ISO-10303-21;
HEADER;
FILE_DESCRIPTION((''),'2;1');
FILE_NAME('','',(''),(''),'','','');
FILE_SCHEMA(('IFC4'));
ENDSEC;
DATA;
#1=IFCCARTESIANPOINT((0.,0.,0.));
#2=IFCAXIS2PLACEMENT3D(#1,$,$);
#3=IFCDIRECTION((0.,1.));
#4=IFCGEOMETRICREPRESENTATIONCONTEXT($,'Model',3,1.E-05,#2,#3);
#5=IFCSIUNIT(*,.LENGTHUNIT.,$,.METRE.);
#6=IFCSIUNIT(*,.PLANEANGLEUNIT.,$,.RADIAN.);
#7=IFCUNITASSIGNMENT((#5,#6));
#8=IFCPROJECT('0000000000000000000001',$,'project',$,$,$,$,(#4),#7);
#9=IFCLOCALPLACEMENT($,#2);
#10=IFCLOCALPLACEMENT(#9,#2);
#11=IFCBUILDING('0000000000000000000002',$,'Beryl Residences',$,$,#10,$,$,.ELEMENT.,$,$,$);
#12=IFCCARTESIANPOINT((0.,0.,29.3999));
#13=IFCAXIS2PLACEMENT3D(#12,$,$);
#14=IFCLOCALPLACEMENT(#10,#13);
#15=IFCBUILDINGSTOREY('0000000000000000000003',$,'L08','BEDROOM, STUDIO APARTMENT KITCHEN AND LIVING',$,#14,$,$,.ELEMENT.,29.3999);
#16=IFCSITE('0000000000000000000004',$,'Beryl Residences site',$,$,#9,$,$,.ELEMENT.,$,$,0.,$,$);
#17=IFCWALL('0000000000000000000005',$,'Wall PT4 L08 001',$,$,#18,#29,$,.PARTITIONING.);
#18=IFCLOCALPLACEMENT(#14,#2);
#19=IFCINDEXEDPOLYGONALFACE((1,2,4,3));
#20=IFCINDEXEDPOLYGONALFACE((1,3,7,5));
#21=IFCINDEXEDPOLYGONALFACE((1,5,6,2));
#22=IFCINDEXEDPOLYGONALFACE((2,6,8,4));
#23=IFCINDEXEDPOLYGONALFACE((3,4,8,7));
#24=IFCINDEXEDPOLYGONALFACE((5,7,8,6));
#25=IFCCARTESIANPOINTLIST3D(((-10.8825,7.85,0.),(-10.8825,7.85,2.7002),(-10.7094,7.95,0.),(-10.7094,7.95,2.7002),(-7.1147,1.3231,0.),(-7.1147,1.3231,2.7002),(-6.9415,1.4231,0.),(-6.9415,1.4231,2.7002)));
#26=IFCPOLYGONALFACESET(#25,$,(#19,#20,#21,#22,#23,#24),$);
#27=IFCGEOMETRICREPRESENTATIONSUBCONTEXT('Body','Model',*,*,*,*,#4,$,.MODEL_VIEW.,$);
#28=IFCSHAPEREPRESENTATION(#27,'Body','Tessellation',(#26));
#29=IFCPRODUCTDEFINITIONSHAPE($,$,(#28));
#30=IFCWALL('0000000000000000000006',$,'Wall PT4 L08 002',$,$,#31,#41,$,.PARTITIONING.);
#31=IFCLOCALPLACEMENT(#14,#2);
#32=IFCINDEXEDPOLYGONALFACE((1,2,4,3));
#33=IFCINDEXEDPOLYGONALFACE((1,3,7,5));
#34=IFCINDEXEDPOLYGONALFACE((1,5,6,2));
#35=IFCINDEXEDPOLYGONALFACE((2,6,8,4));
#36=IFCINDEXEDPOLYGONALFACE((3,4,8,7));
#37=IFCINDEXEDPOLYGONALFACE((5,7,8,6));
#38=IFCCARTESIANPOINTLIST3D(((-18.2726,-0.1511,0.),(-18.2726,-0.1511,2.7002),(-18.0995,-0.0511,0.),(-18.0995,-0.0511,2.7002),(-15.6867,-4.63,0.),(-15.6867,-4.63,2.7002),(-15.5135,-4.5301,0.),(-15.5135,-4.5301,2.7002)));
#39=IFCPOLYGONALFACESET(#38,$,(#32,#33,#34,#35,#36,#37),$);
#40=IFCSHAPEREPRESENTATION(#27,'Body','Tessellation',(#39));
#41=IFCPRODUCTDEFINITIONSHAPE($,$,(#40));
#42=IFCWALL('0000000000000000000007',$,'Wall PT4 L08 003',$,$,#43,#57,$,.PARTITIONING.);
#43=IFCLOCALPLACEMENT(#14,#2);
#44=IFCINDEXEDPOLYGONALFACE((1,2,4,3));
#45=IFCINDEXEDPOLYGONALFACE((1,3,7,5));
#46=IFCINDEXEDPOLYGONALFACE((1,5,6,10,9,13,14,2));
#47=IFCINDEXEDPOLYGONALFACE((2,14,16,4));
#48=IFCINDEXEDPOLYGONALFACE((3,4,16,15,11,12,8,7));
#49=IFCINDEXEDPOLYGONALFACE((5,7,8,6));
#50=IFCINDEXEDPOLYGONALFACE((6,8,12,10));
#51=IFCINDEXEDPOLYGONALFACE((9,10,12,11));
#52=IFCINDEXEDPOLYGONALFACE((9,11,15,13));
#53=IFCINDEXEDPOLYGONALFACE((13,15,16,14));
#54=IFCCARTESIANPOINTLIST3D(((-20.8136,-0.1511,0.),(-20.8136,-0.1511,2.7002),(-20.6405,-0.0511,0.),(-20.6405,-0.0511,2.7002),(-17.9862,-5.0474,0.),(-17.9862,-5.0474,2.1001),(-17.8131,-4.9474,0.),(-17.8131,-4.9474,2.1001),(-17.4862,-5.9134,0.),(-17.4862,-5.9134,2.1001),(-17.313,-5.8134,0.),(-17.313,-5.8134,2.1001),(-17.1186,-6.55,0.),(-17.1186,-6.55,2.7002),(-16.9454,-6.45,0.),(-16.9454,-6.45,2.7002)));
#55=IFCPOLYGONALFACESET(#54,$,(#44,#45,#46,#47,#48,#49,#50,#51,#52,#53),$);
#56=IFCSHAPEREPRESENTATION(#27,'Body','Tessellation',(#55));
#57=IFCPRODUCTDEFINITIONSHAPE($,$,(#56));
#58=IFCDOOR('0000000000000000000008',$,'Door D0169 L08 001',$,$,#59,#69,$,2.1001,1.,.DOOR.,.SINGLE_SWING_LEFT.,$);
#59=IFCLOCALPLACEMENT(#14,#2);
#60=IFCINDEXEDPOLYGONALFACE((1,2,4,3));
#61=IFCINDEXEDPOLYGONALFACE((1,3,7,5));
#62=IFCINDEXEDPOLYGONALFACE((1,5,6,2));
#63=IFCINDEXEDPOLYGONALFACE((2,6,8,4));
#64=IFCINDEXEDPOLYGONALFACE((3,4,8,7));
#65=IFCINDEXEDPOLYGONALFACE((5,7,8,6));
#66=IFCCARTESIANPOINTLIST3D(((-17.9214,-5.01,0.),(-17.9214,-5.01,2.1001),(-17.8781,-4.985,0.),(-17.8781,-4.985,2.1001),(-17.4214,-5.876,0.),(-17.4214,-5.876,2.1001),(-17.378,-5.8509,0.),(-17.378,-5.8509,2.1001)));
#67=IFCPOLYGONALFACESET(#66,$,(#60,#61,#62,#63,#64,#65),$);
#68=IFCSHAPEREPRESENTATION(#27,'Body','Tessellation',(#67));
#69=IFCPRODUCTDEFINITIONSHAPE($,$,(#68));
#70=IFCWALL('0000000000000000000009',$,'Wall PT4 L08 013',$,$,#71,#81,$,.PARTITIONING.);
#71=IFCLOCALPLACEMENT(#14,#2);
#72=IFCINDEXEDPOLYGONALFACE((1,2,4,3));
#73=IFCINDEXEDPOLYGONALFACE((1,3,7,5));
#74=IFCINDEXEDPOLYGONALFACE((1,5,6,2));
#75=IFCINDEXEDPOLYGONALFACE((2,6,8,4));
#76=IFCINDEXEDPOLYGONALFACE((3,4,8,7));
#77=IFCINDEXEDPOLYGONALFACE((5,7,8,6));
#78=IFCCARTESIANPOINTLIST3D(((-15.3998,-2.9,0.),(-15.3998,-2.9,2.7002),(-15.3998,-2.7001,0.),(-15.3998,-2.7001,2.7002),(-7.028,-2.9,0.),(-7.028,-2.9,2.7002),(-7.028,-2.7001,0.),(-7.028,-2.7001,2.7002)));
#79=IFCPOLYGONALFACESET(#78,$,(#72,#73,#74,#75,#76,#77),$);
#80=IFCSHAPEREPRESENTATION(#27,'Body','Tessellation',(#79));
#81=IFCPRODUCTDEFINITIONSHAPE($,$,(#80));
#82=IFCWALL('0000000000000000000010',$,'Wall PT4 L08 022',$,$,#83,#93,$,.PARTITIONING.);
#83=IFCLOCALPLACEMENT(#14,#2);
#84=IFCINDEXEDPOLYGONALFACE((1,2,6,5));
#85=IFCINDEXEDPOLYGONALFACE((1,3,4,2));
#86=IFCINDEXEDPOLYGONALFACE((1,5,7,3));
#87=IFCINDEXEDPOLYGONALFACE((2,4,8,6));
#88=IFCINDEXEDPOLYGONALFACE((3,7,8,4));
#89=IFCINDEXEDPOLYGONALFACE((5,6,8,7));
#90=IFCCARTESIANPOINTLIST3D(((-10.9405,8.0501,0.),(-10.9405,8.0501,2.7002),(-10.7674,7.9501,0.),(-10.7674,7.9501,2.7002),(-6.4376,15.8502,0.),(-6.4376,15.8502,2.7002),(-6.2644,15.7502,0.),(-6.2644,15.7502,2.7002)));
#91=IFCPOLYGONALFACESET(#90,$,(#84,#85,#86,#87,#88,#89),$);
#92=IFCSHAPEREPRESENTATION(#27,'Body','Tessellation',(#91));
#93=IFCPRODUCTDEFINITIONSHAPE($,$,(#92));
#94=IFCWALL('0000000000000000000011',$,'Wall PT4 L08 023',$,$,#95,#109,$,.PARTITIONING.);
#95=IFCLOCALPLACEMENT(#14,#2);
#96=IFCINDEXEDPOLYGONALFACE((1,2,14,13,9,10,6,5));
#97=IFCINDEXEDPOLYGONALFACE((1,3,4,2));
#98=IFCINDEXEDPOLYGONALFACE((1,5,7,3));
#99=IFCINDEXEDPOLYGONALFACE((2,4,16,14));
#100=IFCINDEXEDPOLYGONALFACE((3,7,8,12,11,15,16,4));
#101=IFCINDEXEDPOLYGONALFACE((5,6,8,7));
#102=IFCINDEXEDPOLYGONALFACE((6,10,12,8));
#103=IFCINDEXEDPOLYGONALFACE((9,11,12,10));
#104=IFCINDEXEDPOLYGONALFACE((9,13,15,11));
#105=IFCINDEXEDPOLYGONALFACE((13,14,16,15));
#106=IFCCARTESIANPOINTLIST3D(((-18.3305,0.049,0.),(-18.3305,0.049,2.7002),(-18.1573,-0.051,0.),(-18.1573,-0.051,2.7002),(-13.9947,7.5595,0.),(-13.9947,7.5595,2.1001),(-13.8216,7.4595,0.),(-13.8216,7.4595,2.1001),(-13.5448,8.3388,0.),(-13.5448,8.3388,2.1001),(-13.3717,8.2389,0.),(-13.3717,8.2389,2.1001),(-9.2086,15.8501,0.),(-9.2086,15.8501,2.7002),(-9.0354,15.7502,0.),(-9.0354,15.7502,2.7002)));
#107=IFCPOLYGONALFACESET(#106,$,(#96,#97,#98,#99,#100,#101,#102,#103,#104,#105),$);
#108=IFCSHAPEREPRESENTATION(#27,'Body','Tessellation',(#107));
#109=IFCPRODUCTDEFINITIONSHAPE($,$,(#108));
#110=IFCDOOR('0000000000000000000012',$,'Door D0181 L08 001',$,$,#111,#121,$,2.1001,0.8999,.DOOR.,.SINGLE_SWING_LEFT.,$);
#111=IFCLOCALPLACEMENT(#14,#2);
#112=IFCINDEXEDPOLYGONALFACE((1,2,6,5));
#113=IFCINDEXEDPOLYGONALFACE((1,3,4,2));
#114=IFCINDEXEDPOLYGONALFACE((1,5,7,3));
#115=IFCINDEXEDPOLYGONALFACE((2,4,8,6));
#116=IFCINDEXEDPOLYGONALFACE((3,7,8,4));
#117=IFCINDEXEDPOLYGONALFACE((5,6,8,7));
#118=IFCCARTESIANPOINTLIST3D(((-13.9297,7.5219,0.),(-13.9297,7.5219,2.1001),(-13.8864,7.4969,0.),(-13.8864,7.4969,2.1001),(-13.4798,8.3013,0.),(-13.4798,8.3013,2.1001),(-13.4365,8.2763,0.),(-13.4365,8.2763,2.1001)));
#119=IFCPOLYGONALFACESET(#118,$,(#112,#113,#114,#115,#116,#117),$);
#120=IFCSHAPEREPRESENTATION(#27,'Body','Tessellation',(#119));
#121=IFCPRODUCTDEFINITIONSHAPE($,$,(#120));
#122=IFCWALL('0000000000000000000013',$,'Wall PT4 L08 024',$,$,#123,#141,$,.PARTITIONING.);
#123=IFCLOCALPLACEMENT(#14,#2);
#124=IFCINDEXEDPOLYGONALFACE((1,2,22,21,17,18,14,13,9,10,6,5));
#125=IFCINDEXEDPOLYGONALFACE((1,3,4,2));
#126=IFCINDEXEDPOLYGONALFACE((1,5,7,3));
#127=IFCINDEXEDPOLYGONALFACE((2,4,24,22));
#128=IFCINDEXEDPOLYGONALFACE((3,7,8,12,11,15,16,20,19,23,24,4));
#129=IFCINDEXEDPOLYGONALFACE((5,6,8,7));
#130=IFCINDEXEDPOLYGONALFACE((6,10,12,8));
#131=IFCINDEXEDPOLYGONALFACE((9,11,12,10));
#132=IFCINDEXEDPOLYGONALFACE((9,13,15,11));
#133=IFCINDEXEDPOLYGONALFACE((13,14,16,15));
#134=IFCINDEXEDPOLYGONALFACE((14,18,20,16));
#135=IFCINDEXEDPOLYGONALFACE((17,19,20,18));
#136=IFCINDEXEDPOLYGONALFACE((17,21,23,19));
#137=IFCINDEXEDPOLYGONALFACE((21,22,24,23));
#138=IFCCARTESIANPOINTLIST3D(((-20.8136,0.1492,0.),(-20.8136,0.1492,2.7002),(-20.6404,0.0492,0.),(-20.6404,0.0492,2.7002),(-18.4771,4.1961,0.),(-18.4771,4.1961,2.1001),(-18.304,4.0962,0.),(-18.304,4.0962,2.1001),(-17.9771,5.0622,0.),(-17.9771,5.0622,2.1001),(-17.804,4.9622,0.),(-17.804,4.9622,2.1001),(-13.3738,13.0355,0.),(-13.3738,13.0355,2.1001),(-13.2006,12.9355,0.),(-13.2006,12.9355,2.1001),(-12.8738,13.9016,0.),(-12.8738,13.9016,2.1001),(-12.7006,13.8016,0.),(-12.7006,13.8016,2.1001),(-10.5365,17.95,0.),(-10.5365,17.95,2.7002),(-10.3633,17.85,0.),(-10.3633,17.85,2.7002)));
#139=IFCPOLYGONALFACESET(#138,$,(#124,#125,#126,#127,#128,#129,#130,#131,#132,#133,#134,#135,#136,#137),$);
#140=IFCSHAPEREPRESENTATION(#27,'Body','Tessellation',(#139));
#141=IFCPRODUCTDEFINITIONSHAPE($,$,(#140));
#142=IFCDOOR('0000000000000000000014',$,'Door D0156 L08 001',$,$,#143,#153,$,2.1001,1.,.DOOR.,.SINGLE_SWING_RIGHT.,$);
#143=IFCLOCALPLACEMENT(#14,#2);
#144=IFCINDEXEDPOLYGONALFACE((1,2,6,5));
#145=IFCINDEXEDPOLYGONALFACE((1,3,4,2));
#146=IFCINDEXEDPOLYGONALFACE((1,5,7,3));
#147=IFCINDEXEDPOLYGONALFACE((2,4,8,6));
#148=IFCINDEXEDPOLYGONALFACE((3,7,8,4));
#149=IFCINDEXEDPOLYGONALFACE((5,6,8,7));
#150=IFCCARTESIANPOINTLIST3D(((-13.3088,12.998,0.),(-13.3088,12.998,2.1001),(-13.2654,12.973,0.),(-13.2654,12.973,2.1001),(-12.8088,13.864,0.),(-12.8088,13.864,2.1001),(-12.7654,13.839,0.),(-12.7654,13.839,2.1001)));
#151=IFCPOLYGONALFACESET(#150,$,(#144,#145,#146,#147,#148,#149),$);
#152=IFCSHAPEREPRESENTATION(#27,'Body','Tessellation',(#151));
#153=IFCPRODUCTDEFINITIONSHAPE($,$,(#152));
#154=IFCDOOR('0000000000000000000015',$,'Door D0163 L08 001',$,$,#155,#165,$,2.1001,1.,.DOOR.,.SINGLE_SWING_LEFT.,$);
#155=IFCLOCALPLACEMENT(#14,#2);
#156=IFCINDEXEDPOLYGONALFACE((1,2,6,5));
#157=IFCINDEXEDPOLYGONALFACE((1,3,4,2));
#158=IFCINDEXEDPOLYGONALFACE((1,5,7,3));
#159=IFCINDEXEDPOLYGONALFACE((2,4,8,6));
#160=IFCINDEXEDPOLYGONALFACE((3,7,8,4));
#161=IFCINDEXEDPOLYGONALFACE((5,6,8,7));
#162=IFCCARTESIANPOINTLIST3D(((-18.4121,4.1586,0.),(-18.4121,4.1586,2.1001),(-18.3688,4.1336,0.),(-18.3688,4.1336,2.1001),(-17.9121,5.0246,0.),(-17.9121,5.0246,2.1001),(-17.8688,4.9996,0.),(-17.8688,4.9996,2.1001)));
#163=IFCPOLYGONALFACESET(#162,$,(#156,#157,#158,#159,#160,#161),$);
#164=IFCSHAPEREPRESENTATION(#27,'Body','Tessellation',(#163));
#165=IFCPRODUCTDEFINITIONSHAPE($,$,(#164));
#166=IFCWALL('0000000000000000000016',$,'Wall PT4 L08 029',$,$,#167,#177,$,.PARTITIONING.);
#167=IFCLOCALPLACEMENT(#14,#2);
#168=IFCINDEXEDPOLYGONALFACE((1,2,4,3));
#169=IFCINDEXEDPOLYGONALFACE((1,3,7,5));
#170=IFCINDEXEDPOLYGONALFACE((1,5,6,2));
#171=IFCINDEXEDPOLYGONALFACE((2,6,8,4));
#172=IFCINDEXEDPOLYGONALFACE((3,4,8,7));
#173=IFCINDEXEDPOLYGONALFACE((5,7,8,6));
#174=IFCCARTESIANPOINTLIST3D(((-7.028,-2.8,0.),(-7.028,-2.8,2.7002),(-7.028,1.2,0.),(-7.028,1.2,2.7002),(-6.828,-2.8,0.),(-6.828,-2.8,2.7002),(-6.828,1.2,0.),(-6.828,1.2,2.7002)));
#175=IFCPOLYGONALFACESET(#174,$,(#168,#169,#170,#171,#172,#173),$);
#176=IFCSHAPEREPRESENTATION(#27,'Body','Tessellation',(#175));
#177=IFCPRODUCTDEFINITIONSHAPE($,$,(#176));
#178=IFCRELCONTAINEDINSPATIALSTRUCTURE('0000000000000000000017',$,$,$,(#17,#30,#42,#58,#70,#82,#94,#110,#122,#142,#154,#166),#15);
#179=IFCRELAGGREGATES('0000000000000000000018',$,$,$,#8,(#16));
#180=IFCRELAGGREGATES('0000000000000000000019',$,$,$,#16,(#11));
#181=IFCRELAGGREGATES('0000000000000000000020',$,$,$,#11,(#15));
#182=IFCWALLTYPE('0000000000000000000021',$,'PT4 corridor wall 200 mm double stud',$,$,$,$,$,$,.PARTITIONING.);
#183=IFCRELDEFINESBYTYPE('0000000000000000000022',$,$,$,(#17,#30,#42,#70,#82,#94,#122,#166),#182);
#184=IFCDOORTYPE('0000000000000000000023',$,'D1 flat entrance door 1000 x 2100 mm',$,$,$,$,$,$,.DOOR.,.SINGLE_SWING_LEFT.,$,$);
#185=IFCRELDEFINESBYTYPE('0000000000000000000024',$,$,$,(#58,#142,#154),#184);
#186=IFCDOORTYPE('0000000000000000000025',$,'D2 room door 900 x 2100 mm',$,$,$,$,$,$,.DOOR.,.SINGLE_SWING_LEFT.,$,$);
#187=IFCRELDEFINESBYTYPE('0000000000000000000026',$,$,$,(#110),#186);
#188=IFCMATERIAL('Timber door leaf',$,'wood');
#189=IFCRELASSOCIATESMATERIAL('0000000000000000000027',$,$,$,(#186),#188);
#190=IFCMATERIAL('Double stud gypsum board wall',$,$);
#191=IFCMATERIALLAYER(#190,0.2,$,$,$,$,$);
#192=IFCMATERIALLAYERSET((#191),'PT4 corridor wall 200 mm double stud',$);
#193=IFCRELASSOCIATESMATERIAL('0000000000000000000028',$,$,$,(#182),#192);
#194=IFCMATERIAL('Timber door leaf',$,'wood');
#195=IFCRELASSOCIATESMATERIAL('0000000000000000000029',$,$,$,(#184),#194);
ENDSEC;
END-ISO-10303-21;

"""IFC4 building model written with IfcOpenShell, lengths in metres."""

from ifc_helpers import new_model, si_unit, direction, frame, frame_2d, origin, place, context, subcontext, project, spatial, rectangle, extrude, material, layer, layer_set, type_object, element, fill, save


model = new_model("IFC4")

# Units and contexts
model_context = context("Model", 3, precision=1e-05, world=origin(), true_north=direction((0.0, 1.0)))
body_context = subcontext(model_context, "Body", "Model", "MODEL_VIEW")
ifc_project = project(units=[si_unit("LENGTHUNIT", "METRE"), si_unit("PLANEANGLEUNIT", "RADIAN")], contexts=[model_context])

# Site, building, storey
site_placement = place(None, origin())
site = spatial("IfcSite", under=ifc_project, at=site_placement, Name="Beryl Residences site", CompositionType="ELEMENT", RefElevation=0.0)
building_placement = place(site_placement, origin())
building = spatial("IfcBuilding", under=site, at=building_placement, Name="Beryl Residences", CompositionType="ELEMENT")
storey_placement = place(building_placement, frame((0.0, 0.0, 29.3999)))
storey = spatial("IfcBuildingStorey", under=building, at=storey_placement, Name="L08", Description="BEDROOM, STUDIO APARTMENT KITCHEN AND LIVING", CompositionType="ELEMENT", Elevation=29.3999)

# Shared definitions
ifc_material_1 = material(Name="Timber door leaf", Category="wood")
door_type_1 = type_object("IfcDoorType", Name="D2 room door 900 x 2100 mm", OperationType="SINGLE_SWING_LEFT", PredefinedType="DOOR", material=ifc_material_1)

# Walls
ifc_material_2 = material(Name="Double stud gypsum board wall")
ifc_layer_1 = layer(ifc_material_2, 0.2)
ifc_layer_set_1 = layer_set([ifc_layer_1], Name="PT4 corridor wall 200 mm double stud")
wall_type_1 = type_object("IfcWallType", Name="PT4 corridor wall 200 mm double stud", PredefinedType="PARTITIONING", material=ifc_layer_set_1)
wall_1_placement = place(storey_placement, frame((-10.7959, 7.8999, 0.0), z_axis=(0.0, 0.0, 1.0), x_axis=(0.499954, -0.866052, 0.0)))
element("IfcWall", 1, at=wall_1_placement, inside=storey, type_object=wall_type_1, Name="Wall PT4 L08 001", PredefinedType="PARTITIONING", context=body_context, shape_type="SweptSolid", body=[
    extrude(rectangle(XDim=7.5364, YDim=0.2, at=frame_2d((3.7681, 0.0))), origin(), (0.0, 0.0, 1.0), 2.7002),
])
wall_2_placement = place(storey_placement, frame((-18.186, -0.1011, 0.0), z_axis=(0.0, 0.0, 1.0), x_axis=(0.499998, -0.866027, 0.0)))
element("IfcWall", 2, at=wall_2_placement, inside=storey, type_object=wall_type_1, Name="Wall PT4 L08 002", PredefinedType="PARTITIONING", context=body_context, shape_type="SweptSolid", body=[
    extrude(rectangle(XDim=5.1719, YDim=0.2, at=frame_2d((2.5859, 0.0))), origin(), (0.0, 0.0, 1.0), 2.7002),
])

# Wall, opening, door
wall_3_placement = place(storey_placement, frame((-20.7271, -0.1011, 0.0), z_axis=(0.0, 0.0, 1.0), x_axis=(0.500066, -0.865987, 0.0)))
wall_3 = element("IfcWall", 3, at=wall_3_placement, inside=storey, type_object=wall_type_1, Name="Wall PT4 L08 003", PredefinedType="PARTITIONING", context=body_context, shape_type="SweptSolid", body=[
    extrude(rectangle(XDim=7.3892, YDim=0.2, at=frame_2d((3.6946, 0.0))), origin(), (0.0, 0.0, 1.0), 2.7002),
])
opening_1_placement = place(wall_3_placement, frame((5.6541, 0.0, 0.0)))
opening_1 = element("IfcOpeningElement", 4, at=opening_1_placement, cuts=wall_3, PredefinedType="OPENING", context=body_context, shape_type="SweptSolid", body=[
    extrude(rectangle(XDim=1.0, YDim=2.1001, at=frame_2d((0.5, 1.05))), frame((0.0, 0.1099, 0.0), z_axis=(0.0, -1.0, 0.0), x_axis=(1.0, 0.0, 0.0)), (0.0, 0.0, 1.0), 0.22),
])
ifc_material_3 = material(Name="Timber door leaf", Category="wood")
door_type_2 = type_object("IfcDoorType", Name="D1 flat entrance door 1000 x 2100 mm", OperationType="SINGLE_SWING_LEFT", PredefinedType="DOOR", material=ifc_material_3)
door_1_placement = place(opening_1_placement, origin())
door_1 = element("IfcDoor", 5, at=door_1_placement, inside=storey, type_object=door_type_2, Name="Door D0169 L08 001", OperationType="SINGLE_SWING_LEFT", OverallHeight=2.1001, OverallWidth=1.0, PredefinedType="DOOR", context=body_context, shape_type="SweptSolid", body=[
    extrude(rectangle(XDim=1.0, YDim=2.1001, at=frame_2d((0.5, 1.05))), frame((0.0, 0.0249, 0.0), z_axis=(0.0, -1.0, 0.0), x_axis=(1.0, 0.0, 0.0)), (0.0, 0.0, 1.0), 0.05),
])
fill(opening_1, door_1)

# Walls
wall_4_placement = place(storey_placement, frame((-15.3999, -2.8, 0.0), z_axis=(0.0, 0.0, 1.0), x_axis=(1.0, 0.0, 0.0)))
element("IfcWall", 6, at=wall_4_placement, inside=storey, type_object=wall_type_1, Name="Wall PT4 L08 013", PredefinedType="PARTITIONING", context=body_context, shape_type="SweptSolid", body=[
    extrude(rectangle(XDim=8.3718, YDim=0.2, at=frame_2d((4.186, 0.0))), origin(), (0.0, 0.0, 1.0), 2.7002),
])
wall_5_placement = place(storey_placement, frame((-10.854, 8.0, 0.0), z_axis=(0.0, 0.0, 1.0), x_axis=(0.499964, 0.866046, 0.0)))
element("IfcWall", 7, at=wall_5_placement, inside=storey, type_object=wall_type_1, Name="Wall PT4 L08 022", PredefinedType="PARTITIONING", context=body_context, shape_type="SweptSolid", body=[
    extrude(rectangle(XDim=9.0066, YDim=0.2, at=frame_2d((4.5034, 0.0))), origin(), (0.0, 0.0, 1.0), 2.7002),
])

# Wall, opening, door
wall_6_placement = place(storey_placement, frame((-18.2439, -0.001, 0.0), z_axis=(0.0, 0.0, 1.0), x_axis=(0.499963, 0.866047, 0.0)))
wall_6 = element("IfcWall", 8, at=wall_6_placement, inside=storey, type_object=wall_type_1, Name="Wall PT4 L08 023", PredefinedType="PARTITIONING", context=body_context, shape_type="SweptSolid", body=[
    extrude(rectangle(XDim=18.2451, YDim=0.2, at=frame_2d((9.1226, 0.0))), origin(), (0.0, 0.0, 1.0), 2.7002),
])
opening_2_placement = place(wall_6_placement, frame((8.6721, 0.0, 0.0)))
opening_2 = element("IfcOpeningElement", 9, at=opening_2_placement, cuts=wall_6, PredefinedType="OPENING", context=body_context, shape_type="SweptSolid", body=[
    extrude(rectangle(XDim=0.8999, YDim=2.1001, at=frame_2d((0.45, 1.05))), frame((0.0, 0.1099, 0.0), z_axis=(0.0, -1.0, 0.0), x_axis=(1.0, 0.0, 0.0)), (0.0, 0.0, 1.0), 0.22),
])
door_2_placement = place(opening_2_placement, origin())
door_2 = element("IfcDoor", 10, at=door_2_placement, inside=storey, type_object=door_type_1, Name="Door D0181 L08 001", OperationType="SINGLE_SWING_LEFT", OverallHeight=2.1001, OverallWidth=0.8999, PredefinedType="DOOR", context=body_context, shape_type="SweptSolid", body=[
    extrude(rectangle(XDim=0.8999, YDim=2.1001, at=frame_2d((0.45, 1.05))), frame((0.0, 0.0249, 0.0), z_axis=(0.0, -1.0, 0.0), x_axis=(1.0, 0.0, 0.0)), (0.0, 0.0, 1.0), 0.05),
])
fill(opening_2, door_2)

# Wall, openings, doors
wall_7_placement = place(storey_placement, frame((-20.7271, 0.0991, 0.0), z_axis=(0.0, 0.0, 1.0), x_axis=(0.499993, 0.866029, 0.0)))
wall_7 = element("IfcWall", 11, at=wall_7_placement, inside=storey, type_object=wall_type_1, Name="Wall PT4 L08 024", PredefinedType="PARTITIONING", context=body_context, shape_type="SweptSolid", body=[
    extrude(rectangle(XDim=20.5544, YDim=0.2, at=frame_2d((10.2773, 0.0))), origin(), (0.0, 0.0, 1.0), 2.7002),
])
opening_3_placement = place(wall_7_placement, frame((14.8799, 0.0, 0.0)))
opening_3 = element("IfcOpeningElement", 12, at=opening_3_placement, cuts=wall_7, PredefinedType="OPENING", context=body_context, shape_type="SweptSolid", body=[
    extrude(rectangle(XDim=1.0, YDim=2.1001, at=frame_2d((0.5, 1.05))), frame((0.0, 0.1099, 0.0), z_axis=(0.0, -1.0, 0.0), x_axis=(1.0, 0.0, 0.0)), (0.0, 0.0, 1.0), 0.22),
])
opening_4_placement = place(wall_7_placement, frame((4.6731, 0.0, 0.0)))
opening_4 = element("IfcOpeningElement", 13, at=opening_4_placement, cuts=wall_7, PredefinedType="OPENING", context=body_context, shape_type="SweptSolid", body=[
    extrude(rectangle(XDim=1.0, YDim=2.1001, at=frame_2d((0.5, 1.05))), frame((0.0, 0.1099, 0.0), z_axis=(0.0, -1.0, 0.0), x_axis=(1.0, 0.0, 0.0)), (0.0, 0.0, 1.0), 0.22),
])
door_3_placement = place(opening_3_placement, origin())
door_3 = element("IfcDoor", 14, at=door_3_placement, inside=storey, type_object=door_type_2, Name="Door D0156 L08 001", OperationType="SINGLE_SWING_RIGHT", OverallHeight=2.1001, OverallWidth=1.0, PredefinedType="DOOR", context=body_context, shape_type="SweptSolid", body=[
    extrude(rectangle(XDim=1.0, YDim=2.1001, at=frame_2d((0.5, 1.05))), frame((0.0, 0.0249, 0.0), z_axis=(0.0, -1.0, 0.0), x_axis=(1.0, 0.0, 0.0)), (0.0, 0.0, 1.0), 0.05),
])
fill(opening_3, door_3)
door_4_placement = place(opening_4_placement, origin())
door_4 = element("IfcDoor", 15, at=door_4_placement, inside=storey, type_object=door_type_2, Name="Door D0163 L08 001", OperationType="SINGLE_SWING_LEFT", OverallHeight=2.1001, OverallWidth=1.0, PredefinedType="DOOR", context=body_context, shape_type="SweptSolid", body=[
    extrude(rectangle(XDim=1.0, YDim=2.1001, at=frame_2d((0.5, 1.05))), frame((0.0, 0.0249, 0.0), z_axis=(0.0, -1.0, 0.0), x_axis=(1.0, 0.0, 0.0)), (0.0, 0.0, 1.0), 0.05),
])
fill(opening_4, door_4)

# Wall
wall_8_placement = place(storey_placement, frame((-6.928, -2.8, 0.0), z_axis=(0.0, 0.0, 1.0), x_axis=(0.0, 1.0, 0.0)))
element("IfcWall", 16, at=wall_8_placement, inside=storey, type_object=wall_type_1, Name="Wall PT4 L08 029", PredefinedType="PARTITIONING", context=body_context, shape_type="SweptSolid", body=[
    extrude(rectangle(XDim=4.0, YDim=0.2, at=frame_2d((2.0, 0.0))), origin(), (0.0, 0.0, 1.0), 2.7002),
])

save(model, "model.ifc")
